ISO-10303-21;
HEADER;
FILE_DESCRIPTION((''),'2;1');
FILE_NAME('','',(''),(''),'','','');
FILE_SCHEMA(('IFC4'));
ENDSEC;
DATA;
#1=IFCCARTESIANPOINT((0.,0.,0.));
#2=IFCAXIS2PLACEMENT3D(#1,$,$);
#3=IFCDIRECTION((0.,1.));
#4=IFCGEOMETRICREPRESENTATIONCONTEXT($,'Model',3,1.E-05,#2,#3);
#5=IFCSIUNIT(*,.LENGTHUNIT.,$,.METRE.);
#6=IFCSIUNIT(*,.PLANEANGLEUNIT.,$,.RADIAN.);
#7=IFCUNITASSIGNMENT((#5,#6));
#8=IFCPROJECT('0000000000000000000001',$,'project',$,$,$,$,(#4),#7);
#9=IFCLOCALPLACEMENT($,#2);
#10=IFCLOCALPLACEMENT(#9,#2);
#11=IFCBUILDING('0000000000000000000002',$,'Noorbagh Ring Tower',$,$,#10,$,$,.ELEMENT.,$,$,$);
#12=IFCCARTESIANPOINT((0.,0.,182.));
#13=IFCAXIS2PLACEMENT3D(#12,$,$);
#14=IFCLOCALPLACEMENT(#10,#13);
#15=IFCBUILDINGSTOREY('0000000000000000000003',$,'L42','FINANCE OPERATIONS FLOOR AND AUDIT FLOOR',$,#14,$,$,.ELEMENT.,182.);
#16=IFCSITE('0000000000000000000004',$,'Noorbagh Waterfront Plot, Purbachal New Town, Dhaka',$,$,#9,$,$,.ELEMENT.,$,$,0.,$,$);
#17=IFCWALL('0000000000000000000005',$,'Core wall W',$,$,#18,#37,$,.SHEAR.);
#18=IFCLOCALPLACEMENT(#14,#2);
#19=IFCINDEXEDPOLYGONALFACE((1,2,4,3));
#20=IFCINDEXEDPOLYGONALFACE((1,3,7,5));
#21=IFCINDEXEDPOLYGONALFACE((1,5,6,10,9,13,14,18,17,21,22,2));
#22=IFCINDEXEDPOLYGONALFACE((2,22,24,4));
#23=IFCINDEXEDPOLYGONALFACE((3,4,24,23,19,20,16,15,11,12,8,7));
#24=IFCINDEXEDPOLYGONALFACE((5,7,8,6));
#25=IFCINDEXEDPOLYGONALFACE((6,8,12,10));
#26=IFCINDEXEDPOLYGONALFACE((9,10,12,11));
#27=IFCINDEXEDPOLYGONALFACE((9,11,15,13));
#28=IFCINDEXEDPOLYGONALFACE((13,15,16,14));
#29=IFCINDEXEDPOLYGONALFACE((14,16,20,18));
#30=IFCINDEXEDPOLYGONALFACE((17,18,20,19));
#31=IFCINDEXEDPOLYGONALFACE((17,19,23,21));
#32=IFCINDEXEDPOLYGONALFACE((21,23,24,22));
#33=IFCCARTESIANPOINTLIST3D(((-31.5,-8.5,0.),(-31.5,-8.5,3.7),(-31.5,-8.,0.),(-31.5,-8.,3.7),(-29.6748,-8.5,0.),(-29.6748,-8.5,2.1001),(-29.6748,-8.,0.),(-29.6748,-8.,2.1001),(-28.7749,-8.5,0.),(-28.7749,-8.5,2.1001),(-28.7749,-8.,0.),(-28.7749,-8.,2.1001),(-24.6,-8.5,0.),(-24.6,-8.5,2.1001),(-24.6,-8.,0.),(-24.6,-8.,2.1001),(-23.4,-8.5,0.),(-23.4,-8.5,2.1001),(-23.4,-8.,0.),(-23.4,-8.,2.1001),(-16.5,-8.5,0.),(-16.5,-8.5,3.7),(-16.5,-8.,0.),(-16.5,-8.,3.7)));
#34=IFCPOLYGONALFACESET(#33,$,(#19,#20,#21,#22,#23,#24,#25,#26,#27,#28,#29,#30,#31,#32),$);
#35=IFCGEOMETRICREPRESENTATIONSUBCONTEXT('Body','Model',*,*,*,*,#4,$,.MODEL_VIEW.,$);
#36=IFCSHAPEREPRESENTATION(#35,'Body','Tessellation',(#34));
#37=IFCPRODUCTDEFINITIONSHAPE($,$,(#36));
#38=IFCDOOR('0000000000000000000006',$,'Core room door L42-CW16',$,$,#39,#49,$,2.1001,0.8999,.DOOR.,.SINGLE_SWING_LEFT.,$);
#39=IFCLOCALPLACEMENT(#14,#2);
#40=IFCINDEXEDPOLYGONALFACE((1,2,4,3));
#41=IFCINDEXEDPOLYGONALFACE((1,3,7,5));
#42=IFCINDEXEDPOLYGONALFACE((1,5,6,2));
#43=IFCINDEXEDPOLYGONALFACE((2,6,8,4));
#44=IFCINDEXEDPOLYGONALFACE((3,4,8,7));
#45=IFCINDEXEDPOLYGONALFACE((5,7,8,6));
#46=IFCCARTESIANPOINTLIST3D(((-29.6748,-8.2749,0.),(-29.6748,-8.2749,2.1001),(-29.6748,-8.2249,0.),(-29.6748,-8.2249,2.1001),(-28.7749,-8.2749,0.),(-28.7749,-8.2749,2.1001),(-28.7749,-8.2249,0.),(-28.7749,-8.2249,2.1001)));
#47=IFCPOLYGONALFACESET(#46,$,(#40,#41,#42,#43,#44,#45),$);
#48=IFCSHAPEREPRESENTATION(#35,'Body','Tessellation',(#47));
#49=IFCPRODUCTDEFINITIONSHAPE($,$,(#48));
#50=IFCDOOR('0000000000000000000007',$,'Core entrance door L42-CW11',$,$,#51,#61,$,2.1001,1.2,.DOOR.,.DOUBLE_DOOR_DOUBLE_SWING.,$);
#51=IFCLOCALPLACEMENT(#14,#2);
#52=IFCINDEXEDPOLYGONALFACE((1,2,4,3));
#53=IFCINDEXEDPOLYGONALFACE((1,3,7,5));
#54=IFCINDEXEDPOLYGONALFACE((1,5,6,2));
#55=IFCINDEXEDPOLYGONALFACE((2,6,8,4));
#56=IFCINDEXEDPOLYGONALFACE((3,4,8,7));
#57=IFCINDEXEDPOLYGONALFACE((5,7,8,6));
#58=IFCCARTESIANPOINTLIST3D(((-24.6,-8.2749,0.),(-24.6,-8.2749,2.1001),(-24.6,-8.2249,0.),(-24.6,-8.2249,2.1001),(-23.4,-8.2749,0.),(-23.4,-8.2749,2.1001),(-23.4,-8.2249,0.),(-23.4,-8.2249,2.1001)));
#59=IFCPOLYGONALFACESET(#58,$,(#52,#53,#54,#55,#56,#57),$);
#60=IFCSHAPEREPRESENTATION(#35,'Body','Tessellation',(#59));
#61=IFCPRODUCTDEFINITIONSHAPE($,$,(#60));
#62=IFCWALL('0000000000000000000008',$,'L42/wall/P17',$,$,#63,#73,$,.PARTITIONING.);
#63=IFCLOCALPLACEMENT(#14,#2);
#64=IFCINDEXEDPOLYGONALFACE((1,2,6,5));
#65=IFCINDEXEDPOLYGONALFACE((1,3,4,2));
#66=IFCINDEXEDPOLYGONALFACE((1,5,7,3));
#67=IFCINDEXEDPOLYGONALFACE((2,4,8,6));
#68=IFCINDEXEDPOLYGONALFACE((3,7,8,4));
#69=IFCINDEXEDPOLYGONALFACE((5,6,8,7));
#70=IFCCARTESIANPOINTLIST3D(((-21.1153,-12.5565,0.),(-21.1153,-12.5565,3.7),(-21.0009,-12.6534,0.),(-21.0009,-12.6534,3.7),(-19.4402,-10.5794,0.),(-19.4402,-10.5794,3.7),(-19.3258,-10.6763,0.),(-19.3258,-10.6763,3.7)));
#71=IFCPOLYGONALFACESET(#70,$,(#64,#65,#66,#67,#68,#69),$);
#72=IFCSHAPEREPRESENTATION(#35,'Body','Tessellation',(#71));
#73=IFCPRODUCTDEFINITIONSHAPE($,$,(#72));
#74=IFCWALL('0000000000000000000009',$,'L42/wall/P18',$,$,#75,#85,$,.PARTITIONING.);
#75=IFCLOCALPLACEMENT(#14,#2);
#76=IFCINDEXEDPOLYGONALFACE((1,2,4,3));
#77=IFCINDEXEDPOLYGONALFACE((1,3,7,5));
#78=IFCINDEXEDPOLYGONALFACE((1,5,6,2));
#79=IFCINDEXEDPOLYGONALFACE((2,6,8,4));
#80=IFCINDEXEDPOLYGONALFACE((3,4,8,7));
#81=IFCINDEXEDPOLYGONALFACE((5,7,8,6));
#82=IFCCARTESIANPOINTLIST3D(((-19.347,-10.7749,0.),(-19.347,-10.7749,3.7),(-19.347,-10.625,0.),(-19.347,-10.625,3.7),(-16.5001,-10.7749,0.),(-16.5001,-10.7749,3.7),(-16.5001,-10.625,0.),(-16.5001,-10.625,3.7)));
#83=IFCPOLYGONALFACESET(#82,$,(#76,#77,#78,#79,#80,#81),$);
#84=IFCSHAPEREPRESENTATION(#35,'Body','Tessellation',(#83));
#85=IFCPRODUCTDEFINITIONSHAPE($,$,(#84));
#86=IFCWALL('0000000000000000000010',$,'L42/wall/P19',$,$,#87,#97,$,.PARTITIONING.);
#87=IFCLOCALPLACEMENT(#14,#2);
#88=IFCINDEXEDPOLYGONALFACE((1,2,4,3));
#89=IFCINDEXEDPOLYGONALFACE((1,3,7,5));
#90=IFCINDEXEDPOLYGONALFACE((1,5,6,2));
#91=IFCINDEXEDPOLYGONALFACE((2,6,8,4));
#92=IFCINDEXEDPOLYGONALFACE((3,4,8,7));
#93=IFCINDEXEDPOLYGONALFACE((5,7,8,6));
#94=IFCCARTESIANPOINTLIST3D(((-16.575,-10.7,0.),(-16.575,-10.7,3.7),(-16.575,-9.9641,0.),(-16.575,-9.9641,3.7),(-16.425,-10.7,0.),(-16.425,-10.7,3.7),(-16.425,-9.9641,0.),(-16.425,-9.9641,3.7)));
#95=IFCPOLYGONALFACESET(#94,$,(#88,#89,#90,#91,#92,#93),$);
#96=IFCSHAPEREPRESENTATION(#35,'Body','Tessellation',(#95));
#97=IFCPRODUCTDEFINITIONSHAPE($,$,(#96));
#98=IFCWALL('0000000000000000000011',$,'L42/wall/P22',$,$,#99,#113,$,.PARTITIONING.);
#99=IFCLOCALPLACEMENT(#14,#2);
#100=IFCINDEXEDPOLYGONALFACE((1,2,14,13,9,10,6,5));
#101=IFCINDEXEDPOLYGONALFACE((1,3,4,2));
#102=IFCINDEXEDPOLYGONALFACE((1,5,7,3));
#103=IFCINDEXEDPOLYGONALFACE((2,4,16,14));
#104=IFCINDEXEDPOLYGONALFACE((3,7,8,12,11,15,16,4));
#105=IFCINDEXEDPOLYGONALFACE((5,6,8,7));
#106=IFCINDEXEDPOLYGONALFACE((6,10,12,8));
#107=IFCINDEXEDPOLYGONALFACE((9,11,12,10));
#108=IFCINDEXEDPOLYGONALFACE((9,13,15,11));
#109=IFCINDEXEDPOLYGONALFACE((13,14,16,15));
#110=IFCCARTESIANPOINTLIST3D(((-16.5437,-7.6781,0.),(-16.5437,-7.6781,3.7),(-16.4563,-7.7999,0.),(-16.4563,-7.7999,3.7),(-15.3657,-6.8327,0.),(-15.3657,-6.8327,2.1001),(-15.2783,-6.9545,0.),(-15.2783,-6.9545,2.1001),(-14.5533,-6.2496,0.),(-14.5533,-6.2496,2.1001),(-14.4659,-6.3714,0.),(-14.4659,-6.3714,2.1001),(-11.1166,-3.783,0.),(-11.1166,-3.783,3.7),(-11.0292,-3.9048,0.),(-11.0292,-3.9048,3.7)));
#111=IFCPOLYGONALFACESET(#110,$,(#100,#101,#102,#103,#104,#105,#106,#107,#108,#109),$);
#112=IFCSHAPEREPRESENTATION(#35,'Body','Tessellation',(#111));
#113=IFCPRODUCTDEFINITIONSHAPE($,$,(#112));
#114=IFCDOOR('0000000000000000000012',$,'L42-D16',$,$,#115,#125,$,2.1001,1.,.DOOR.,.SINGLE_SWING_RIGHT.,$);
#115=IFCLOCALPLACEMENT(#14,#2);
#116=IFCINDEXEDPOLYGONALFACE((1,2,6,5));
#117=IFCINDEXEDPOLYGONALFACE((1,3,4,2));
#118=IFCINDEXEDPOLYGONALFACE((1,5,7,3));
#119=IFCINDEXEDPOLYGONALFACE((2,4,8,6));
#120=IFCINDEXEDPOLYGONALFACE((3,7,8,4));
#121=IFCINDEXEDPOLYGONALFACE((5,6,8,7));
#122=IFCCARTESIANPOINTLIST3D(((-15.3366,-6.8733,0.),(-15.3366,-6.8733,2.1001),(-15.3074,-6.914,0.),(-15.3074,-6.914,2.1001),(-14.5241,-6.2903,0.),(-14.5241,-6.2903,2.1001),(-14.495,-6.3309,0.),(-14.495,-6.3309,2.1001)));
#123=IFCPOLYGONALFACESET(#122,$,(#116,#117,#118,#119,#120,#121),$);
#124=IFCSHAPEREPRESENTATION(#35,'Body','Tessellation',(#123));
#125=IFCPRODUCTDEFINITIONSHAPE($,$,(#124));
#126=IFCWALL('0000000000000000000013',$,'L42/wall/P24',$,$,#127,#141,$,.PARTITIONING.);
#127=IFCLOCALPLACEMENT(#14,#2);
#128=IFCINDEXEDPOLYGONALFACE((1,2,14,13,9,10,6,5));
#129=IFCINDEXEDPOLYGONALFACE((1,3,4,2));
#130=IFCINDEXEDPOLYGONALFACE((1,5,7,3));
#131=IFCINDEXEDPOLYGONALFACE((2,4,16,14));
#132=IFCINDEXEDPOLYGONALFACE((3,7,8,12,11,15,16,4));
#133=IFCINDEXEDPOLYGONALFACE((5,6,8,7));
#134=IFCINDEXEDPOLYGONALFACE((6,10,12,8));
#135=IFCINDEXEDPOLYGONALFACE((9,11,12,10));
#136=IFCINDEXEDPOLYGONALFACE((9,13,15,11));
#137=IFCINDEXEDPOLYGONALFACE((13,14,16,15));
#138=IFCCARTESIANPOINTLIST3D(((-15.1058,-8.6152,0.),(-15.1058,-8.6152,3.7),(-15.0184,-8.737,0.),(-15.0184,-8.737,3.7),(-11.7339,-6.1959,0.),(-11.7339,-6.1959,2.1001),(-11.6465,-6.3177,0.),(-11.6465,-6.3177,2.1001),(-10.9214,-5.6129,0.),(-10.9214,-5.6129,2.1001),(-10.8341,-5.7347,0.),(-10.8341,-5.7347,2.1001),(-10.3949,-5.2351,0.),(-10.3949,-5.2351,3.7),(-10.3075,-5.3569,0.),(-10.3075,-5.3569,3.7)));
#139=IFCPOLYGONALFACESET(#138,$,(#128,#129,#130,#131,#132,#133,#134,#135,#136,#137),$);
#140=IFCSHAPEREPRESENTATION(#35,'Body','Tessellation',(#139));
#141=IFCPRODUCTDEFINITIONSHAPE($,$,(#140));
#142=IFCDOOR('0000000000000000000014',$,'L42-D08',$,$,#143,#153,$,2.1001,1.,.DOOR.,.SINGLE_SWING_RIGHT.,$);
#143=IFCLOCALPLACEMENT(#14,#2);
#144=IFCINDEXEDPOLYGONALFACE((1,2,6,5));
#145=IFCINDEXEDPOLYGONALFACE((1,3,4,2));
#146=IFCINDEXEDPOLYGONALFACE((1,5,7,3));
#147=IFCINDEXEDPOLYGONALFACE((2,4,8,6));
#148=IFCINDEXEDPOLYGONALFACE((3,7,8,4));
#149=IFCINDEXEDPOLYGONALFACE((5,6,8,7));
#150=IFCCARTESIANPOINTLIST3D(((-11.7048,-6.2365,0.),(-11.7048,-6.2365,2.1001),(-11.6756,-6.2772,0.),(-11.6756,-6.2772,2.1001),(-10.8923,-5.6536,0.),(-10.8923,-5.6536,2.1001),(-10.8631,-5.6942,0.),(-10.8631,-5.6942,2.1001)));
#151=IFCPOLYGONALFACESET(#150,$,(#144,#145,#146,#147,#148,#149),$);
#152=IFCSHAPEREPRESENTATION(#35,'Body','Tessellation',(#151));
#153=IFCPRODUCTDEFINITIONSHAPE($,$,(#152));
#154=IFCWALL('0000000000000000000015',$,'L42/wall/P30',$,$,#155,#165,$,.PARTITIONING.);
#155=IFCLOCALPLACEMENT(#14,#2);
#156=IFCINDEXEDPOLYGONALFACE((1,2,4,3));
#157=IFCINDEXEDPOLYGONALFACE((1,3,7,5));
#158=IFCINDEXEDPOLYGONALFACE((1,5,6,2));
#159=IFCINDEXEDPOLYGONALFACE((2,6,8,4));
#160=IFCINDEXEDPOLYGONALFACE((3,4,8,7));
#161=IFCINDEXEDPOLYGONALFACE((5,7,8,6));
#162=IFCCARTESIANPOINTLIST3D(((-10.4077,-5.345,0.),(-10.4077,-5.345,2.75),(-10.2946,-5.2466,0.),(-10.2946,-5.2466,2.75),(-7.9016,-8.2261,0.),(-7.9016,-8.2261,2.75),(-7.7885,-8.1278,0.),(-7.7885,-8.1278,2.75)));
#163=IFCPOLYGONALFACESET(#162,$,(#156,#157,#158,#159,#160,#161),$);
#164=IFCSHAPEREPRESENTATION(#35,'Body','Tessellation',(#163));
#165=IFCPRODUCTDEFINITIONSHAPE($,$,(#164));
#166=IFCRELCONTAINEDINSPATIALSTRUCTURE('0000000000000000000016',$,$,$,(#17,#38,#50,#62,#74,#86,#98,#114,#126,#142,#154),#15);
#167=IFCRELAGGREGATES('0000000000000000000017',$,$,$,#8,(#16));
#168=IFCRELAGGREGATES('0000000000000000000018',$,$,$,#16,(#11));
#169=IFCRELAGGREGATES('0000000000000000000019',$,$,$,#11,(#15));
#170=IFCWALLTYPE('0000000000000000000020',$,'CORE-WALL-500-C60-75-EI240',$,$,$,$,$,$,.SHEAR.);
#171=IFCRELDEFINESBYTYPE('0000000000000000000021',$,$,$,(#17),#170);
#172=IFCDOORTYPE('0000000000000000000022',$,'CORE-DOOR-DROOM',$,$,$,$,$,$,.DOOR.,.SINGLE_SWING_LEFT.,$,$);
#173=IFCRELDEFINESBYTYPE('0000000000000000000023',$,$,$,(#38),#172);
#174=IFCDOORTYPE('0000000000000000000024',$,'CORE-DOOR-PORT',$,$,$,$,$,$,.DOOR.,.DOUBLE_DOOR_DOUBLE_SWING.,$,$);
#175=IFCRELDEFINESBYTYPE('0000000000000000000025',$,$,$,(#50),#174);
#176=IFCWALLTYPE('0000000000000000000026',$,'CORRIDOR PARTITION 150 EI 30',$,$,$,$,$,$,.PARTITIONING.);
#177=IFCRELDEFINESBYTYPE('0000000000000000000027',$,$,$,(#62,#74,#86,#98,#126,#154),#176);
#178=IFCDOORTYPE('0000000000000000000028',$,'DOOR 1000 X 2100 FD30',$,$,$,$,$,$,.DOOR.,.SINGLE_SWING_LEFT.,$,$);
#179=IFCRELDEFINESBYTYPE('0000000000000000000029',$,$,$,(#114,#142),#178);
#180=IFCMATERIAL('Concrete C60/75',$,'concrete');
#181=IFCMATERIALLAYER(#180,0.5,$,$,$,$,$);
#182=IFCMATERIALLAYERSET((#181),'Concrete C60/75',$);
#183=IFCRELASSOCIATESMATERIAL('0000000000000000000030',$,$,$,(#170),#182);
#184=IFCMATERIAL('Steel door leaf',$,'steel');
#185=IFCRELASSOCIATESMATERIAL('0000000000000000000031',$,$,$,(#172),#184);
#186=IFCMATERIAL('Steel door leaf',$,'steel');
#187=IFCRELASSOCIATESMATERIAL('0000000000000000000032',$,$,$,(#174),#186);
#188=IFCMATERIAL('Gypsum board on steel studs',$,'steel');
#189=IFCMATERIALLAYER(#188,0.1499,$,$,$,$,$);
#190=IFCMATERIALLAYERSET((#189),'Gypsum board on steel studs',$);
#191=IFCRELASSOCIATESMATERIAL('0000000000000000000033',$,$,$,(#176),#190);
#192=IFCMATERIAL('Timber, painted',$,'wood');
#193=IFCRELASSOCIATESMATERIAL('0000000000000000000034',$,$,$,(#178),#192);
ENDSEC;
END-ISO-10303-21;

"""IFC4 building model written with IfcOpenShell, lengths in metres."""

from ifc_helpers import new_model, si_unit, direction, frame, frame_2d, origin, place, context, subcontext, project, spatial, rectangle, extrude, material, layer, layer_set, type_object, element, fill, save


model = new_model("IFC4")

# Units and contexts
model_context = context("Model", 3, precision=1e-05, world=origin(), true_north=direction((0.0, 1.0)))
body_context = subcontext(model_context, "Body", "Model", "MODEL_VIEW")
ifc_project = project(units=[si_unit("LENGTHUNIT", "METRE"), si_unit("PLANEANGLEUNIT", "RADIAN")], contexts=[model_context])

# Site, building, storey
site_placement = place(None, origin())
site = spatial("IfcSite", under=ifc_project, at=site_placement, Name="Noorbagh Waterfront Plot, Purbachal New Town, Dhaka", CompositionType="ELEMENT", RefElevation=0.0)
building_placement = place(site_placement, origin())
building = spatial("IfcBuilding", under=site, at=building_placement, Name="Noorbagh Ring Tower", CompositionType="ELEMENT")
storey_placement = place(building_placement, frame((0.0, 0.0, 182.0)))
storey = spatial("IfcBuildingStorey", under=building, at=storey_placement, Name="L42", Description="FINANCE OPERATIONS FLOOR AND AUDIT FLOOR", CompositionType="ELEMENT", Elevation=182.0)

# Wall, openings, doors
ifc_material_1 = material(Name="Concrete C60/75", Category="concrete")
ifc_layer_1 = layer(ifc_material_1, 0.5)
ifc_layer_set_1 = layer_set([ifc_layer_1], Name="Concrete C60/75")
wall_type_1 = type_object("IfcWallType", Name="CORE-WALL-500-C60-75-EI240", PredefinedType="SHEAR", material=ifc_layer_set_1)
wall_1_placement = place(storey_placement, frame((-16.5, -8.25, 0.0), z_axis=(0.0, 0.0, 1.0), x_axis=(-1.0, 0.0, 0.0)))
wall_1 = element("IfcWall", 1, at=wall_1_placement, inside=storey, type_object=wall_type_1, Name="Core wall W", PredefinedType="SHEAR", context=body_context, shape_type="SweptSolid", body=[
    extrude(rectangle(XDim=15.0, YDim=0.5, at=frame_2d((7.5, 0.0))), origin(), (0.0, 0.0, 1.0), 3.7),
])
opening_1_placement = place(wall_1_placement, frame((6.8999, 0.0, 0.0)))
opening_1 = element("IfcOpeningElement", 2, at=opening_1_placement, cuts=wall_1, PredefinedType="OPENING", context=body_context, shape_type="SweptSolid", body=[
    extrude(rectangle(XDim=1.2, YDim=2.1001, at=frame_2d((0.6001, 1.05))), frame((0.0, 0.26, 0.0), z_axis=(0.0, -1.0, 0.0), x_axis=(1.0, 0.0, 0.0)), (0.0, 0.0, 1.0), 0.52),
])
opening_2_placement = place(wall_1_placement, frame((12.2749, 0.0, 0.0)))
opening_2 = element("IfcOpeningElement", 3, at=opening_2_placement, cuts=wall_1, PredefinedType="OPENING", context=body_context, shape_type="SweptSolid", body=[
    extrude(rectangle(XDim=0.8999, YDim=2.1001, at=frame_2d((0.45, 1.05))), frame((0.0, 0.26, 0.0), z_axis=(0.0, -1.0, 0.0), x_axis=(1.0, 0.0, 0.0)), (0.0, 0.0, 1.0), 0.52),
])
ifc_material_2 = material(Name="Steel door leaf", Category="steel")
door_type_1 = type_object("IfcDoorType", Name="CORE-DOOR-DROOM", OperationType="SINGLE_SWING_LEFT", PredefinedType="DOOR", material=ifc_material_2)
door_1_placement = place(opening_2_placement, origin())
door_1 = element("IfcDoor", 4, at=door_1_placement, inside=storey, type_object=door_type_1, Name="Core room door L42-CW16", OperationType="SINGLE_SWING_LEFT", OverallHeight=2.1001, OverallWidth=0.8999, PredefinedType="DOOR", context=body_context, shape_type="SweptSolid", body=[
    extrude(rectangle(XDim=0.8999, YDim=2.1001, at=frame_2d((0.45, 1.05))), frame((0.0, 0.0249, 0.0), z_axis=(0.0, -1.0, 0.0), x_axis=(1.0, 0.0, 0.0)), (0.0, 0.0, 1.0), 0.05),
])
fill(opening_2, door_1)
ifc_material_3 = material(Name="Steel door leaf", Category="steel")
door_type_2 = type_object("IfcDoorType", Name="CORE-DOOR-PORT", OperationType="DOUBLE_DOOR_DOUBLE_SWING", PredefinedType="DOOR", material=ifc_material_3)
door_2_placement = place(opening_1_placement, origin())
door_2 = element("IfcDoor", 5, at=door_2_placement, inside=storey, type_object=door_type_2, Name="Core entrance door L42-CW11", OperationType="DOUBLE_DOOR_DOUBLE_SWING", OverallHeight=2.1001, OverallWidth=1.2, PredefinedType="DOOR", context=body_context, shape_type="SweptSolid", body=[
    extrude(rectangle(XDim=1.2, YDim=2.1001, at=frame_2d((0.6001, 1.05))), frame((0.0, 0.0249, 0.0), z_axis=(0.0, -1.0, 0.0), x_axis=(1.0, 0.0, 0.0)), (0.0, 0.0, 1.0), 0.05),
])
fill(opening_1, door_2)

# Walls
ifc_material_4 = material(Name="Gypsum board on steel studs", Category="steel")
ifc_layer_2 = layer(ifc_material_4, 0.1499)
ifc_layer_set_2 = layer_set([ifc_layer_2], Name="Gypsum board on steel studs")
wall_type_2 = type_object("IfcWallType", Name="CORRIDOR PARTITION 150 EI 30", PredefinedType="PARTITIONING", material=ifc_layer_set_2)
wall_2_placement = place(storey_placement, frame((-21.0581, -12.605, 0.0), z_axis=(0.0, 0.0, 1.0), x_axis=(0.646428, 0.762975, 0.0)))
element("IfcWall", 6, at=wall_2_placement, inside=storey, type_object=wall_type_2, Name="L42/wall/P17", PredefinedType="PARTITIONING", context=body_context, shape_type="SweptSolid", body=[
    extrude(rectangle(XDim=2.5913, YDim=0.1499, at=frame_2d((1.2957, 0.0))), origin(), (0.0, 0.0, 1.0), 3.7),
])
wall_3_placement = place(storey_placement, frame((-19.3469, -10.7, 0.0), z_axis=(0.0, 0.0, 1.0), x_axis=(1.0, 0.0, 0.0)))
element("IfcWall", 7, at=wall_3_placement, inside=storey, type_object=wall_type_2, Name="L42/wall/P18", PredefinedType="PARTITIONING", context=body_context, shape_type="SweptSolid", body=[
    extrude(rectangle(XDim=2.8469, YDim=0.1499, at=frame_2d((1.4233, 0.0))), origin(), (0.0, 0.0, 1.0), 3.7),
])
wall_4_placement = place(storey_placement, frame((-16.5, -10.7, 0.0), z_axis=(0.0, 0.0, 1.0), x_axis=(0.0, 1.0, 0.0)))
element("IfcWall", 8, at=wall_4_placement, inside=storey, type_object=wall_type_2, Name="L42/wall/P19", PredefinedType="PARTITIONING", context=body_context, shape_type="SweptSolid", body=[
    extrude(rectangle(XDim=0.7358, YDim=0.1499, at=frame_2d((0.3679, 0.0))), origin(), (0.0, 0.0, 1.0), 3.7),
])

# Walls, openings, doors
wall_5_placement = place(storey_placement, frame((-16.5, -7.739, 0.0), z_axis=(0.0, 0.0, 1.0), x_axis=(0.812415, 0.583079, 0.0)))
wall_5 = element("IfcWall", 9, at=wall_5_placement, inside=storey, type_object=wall_type_2, Name="L42/wall/P22", PredefinedType="PARTITIONING", context=body_context, shape_type="SweptSolid", body=[
    extrude(rectangle(XDim=6.6802, YDim=0.1499, at=frame_2d((3.3401, 0.0))), origin(), (0.0, 0.0, 1.0), 3.7),
])
opening_3_placement = place(wall_5_placement, frame((1.45, 0.0, 0.0)))
opening_3 = element("IfcOpeningElement", 10, at=opening_3_placement, cuts=wall_5, PredefinedType="OPENING", context=body_context, shape_type="SweptSolid", body=[
    extrude(rectangle(XDim=1.0, YDim=2.1001, at=frame_2d((0.5, 1.05))), frame((0.0, 0.085, 0.0), z_axis=(0.0, -1.0, 0.0), x_axis=(1.0, 0.0, 0.0)), (0.0, 0.0, 1.0), 0.1699),
])
ifc_material_5 = material(Name="Timber, painted", Category="wood")
door_type_3 = type_object("IfcDoorType", Name="DOOR 1000 X 2100 FD30", OperationType="SINGLE_SWING_LEFT", PredefinedType="DOOR", material=ifc_material_5)
door_3_placement = place(opening_3_placement, origin())
door_3 = element("IfcDoor", 11, at=door_3_placement, inside=storey, type_object=door_type_3, Name="L42-D16", OperationType="SINGLE_SWING_RIGHT", OverallHeight=2.1001, OverallWidth=1.0, PredefinedType="DOOR", context=body_context, shape_type="SweptSolid", body=[
    extrude(rectangle(XDim=1.0, YDim=2.1001, at=frame_2d((0.5, 1.05))), frame((0.0, 0.0249, 0.0), z_axis=(0.0, -1.0, 0.0), x_axis=(1.0, 0.0, 0.0)), (0.0, 0.0, 1.0), 0.05),
])
fill(opening_3, door_3)
wall_6_placement = place(storey_placement, frame((-15.062, -8.676, 0.0), z_axis=(0.0, 0.0, 1.0), x_axis=(0.812494, 0.58297, 0.0)))
wall_6 = element("IfcWall", 12, at=wall_6_placement, inside=storey, type_object=wall_type_2, Name="L42/wall/P24", PredefinedType="PARTITIONING", context=body_context, shape_type="SweptSolid", body=[
    extrude(rectangle(XDim=5.7981, YDim=0.1499, at=frame_2d((2.8989, 0.0))), origin(), (0.0, 0.0, 1.0), 3.7),
])
opening_4_placement = place(wall_6_placement, frame((4.1499, 0.0, 0.0)))
opening_4 = element("IfcOpeningElement", 13, at=opening_4_placement, cuts=wall_6, PredefinedType="OPENING", context=body_context, shape_type="SweptSolid", body=[
    extrude(rectangle(XDim=1.0, YDim=2.1001, at=frame_2d((0.5, 1.05))), frame((0.0, 0.085, 0.0), z_axis=(0.0, -1.0, 0.0), x_axis=(1.0, 0.0, 0.0)), (0.0, 0.0, 1.0), 0.1699),
])
door_4_placement = place(opening_4_placement, origin())
door_4 = element("IfcDoor", 14, at=door_4_placement, inside=storey, type_object=door_type_3, Name="L42-D08", OperationType="SINGLE_SWING_RIGHT", OverallHeight=2.1001, OverallWidth=1.0, PredefinedType="DOOR", context=body_context, shape_type="SweptSolid", body=[
    extrude(rectangle(XDim=1.0, YDim=2.1001, at=frame_2d((0.5, 1.05))), frame((0.0, 0.0249, 0.0), z_axis=(0.0, -1.0, 0.0), x_axis=(1.0, 0.0, 0.0)), (0.0, 0.0, 1.0), 0.05),
])
fill(opening_4, door_4)

# Wall
wall_7_placement = place(storey_placement, frame((-10.3511, -5.2959, 0.0), z_axis=(0.0, 0.0, 1.0), x_axis=(0.656297, -0.754502, 0.0)))
element("IfcWall", 15, at=wall_7_placement, inside=storey, type_object=wall_type_2, Name="L42/wall/P30", PredefinedType="PARTITIONING", context=body_context, shape_type="SweptSolid", body=[
    extrude(rectangle(XDim=3.8186, YDim=0.1499, at=frame_2d((1.9092, 0.0))), origin(), (0.0, 0.0, 1.0), 2.75),
])

save(model, "model.ifc")
